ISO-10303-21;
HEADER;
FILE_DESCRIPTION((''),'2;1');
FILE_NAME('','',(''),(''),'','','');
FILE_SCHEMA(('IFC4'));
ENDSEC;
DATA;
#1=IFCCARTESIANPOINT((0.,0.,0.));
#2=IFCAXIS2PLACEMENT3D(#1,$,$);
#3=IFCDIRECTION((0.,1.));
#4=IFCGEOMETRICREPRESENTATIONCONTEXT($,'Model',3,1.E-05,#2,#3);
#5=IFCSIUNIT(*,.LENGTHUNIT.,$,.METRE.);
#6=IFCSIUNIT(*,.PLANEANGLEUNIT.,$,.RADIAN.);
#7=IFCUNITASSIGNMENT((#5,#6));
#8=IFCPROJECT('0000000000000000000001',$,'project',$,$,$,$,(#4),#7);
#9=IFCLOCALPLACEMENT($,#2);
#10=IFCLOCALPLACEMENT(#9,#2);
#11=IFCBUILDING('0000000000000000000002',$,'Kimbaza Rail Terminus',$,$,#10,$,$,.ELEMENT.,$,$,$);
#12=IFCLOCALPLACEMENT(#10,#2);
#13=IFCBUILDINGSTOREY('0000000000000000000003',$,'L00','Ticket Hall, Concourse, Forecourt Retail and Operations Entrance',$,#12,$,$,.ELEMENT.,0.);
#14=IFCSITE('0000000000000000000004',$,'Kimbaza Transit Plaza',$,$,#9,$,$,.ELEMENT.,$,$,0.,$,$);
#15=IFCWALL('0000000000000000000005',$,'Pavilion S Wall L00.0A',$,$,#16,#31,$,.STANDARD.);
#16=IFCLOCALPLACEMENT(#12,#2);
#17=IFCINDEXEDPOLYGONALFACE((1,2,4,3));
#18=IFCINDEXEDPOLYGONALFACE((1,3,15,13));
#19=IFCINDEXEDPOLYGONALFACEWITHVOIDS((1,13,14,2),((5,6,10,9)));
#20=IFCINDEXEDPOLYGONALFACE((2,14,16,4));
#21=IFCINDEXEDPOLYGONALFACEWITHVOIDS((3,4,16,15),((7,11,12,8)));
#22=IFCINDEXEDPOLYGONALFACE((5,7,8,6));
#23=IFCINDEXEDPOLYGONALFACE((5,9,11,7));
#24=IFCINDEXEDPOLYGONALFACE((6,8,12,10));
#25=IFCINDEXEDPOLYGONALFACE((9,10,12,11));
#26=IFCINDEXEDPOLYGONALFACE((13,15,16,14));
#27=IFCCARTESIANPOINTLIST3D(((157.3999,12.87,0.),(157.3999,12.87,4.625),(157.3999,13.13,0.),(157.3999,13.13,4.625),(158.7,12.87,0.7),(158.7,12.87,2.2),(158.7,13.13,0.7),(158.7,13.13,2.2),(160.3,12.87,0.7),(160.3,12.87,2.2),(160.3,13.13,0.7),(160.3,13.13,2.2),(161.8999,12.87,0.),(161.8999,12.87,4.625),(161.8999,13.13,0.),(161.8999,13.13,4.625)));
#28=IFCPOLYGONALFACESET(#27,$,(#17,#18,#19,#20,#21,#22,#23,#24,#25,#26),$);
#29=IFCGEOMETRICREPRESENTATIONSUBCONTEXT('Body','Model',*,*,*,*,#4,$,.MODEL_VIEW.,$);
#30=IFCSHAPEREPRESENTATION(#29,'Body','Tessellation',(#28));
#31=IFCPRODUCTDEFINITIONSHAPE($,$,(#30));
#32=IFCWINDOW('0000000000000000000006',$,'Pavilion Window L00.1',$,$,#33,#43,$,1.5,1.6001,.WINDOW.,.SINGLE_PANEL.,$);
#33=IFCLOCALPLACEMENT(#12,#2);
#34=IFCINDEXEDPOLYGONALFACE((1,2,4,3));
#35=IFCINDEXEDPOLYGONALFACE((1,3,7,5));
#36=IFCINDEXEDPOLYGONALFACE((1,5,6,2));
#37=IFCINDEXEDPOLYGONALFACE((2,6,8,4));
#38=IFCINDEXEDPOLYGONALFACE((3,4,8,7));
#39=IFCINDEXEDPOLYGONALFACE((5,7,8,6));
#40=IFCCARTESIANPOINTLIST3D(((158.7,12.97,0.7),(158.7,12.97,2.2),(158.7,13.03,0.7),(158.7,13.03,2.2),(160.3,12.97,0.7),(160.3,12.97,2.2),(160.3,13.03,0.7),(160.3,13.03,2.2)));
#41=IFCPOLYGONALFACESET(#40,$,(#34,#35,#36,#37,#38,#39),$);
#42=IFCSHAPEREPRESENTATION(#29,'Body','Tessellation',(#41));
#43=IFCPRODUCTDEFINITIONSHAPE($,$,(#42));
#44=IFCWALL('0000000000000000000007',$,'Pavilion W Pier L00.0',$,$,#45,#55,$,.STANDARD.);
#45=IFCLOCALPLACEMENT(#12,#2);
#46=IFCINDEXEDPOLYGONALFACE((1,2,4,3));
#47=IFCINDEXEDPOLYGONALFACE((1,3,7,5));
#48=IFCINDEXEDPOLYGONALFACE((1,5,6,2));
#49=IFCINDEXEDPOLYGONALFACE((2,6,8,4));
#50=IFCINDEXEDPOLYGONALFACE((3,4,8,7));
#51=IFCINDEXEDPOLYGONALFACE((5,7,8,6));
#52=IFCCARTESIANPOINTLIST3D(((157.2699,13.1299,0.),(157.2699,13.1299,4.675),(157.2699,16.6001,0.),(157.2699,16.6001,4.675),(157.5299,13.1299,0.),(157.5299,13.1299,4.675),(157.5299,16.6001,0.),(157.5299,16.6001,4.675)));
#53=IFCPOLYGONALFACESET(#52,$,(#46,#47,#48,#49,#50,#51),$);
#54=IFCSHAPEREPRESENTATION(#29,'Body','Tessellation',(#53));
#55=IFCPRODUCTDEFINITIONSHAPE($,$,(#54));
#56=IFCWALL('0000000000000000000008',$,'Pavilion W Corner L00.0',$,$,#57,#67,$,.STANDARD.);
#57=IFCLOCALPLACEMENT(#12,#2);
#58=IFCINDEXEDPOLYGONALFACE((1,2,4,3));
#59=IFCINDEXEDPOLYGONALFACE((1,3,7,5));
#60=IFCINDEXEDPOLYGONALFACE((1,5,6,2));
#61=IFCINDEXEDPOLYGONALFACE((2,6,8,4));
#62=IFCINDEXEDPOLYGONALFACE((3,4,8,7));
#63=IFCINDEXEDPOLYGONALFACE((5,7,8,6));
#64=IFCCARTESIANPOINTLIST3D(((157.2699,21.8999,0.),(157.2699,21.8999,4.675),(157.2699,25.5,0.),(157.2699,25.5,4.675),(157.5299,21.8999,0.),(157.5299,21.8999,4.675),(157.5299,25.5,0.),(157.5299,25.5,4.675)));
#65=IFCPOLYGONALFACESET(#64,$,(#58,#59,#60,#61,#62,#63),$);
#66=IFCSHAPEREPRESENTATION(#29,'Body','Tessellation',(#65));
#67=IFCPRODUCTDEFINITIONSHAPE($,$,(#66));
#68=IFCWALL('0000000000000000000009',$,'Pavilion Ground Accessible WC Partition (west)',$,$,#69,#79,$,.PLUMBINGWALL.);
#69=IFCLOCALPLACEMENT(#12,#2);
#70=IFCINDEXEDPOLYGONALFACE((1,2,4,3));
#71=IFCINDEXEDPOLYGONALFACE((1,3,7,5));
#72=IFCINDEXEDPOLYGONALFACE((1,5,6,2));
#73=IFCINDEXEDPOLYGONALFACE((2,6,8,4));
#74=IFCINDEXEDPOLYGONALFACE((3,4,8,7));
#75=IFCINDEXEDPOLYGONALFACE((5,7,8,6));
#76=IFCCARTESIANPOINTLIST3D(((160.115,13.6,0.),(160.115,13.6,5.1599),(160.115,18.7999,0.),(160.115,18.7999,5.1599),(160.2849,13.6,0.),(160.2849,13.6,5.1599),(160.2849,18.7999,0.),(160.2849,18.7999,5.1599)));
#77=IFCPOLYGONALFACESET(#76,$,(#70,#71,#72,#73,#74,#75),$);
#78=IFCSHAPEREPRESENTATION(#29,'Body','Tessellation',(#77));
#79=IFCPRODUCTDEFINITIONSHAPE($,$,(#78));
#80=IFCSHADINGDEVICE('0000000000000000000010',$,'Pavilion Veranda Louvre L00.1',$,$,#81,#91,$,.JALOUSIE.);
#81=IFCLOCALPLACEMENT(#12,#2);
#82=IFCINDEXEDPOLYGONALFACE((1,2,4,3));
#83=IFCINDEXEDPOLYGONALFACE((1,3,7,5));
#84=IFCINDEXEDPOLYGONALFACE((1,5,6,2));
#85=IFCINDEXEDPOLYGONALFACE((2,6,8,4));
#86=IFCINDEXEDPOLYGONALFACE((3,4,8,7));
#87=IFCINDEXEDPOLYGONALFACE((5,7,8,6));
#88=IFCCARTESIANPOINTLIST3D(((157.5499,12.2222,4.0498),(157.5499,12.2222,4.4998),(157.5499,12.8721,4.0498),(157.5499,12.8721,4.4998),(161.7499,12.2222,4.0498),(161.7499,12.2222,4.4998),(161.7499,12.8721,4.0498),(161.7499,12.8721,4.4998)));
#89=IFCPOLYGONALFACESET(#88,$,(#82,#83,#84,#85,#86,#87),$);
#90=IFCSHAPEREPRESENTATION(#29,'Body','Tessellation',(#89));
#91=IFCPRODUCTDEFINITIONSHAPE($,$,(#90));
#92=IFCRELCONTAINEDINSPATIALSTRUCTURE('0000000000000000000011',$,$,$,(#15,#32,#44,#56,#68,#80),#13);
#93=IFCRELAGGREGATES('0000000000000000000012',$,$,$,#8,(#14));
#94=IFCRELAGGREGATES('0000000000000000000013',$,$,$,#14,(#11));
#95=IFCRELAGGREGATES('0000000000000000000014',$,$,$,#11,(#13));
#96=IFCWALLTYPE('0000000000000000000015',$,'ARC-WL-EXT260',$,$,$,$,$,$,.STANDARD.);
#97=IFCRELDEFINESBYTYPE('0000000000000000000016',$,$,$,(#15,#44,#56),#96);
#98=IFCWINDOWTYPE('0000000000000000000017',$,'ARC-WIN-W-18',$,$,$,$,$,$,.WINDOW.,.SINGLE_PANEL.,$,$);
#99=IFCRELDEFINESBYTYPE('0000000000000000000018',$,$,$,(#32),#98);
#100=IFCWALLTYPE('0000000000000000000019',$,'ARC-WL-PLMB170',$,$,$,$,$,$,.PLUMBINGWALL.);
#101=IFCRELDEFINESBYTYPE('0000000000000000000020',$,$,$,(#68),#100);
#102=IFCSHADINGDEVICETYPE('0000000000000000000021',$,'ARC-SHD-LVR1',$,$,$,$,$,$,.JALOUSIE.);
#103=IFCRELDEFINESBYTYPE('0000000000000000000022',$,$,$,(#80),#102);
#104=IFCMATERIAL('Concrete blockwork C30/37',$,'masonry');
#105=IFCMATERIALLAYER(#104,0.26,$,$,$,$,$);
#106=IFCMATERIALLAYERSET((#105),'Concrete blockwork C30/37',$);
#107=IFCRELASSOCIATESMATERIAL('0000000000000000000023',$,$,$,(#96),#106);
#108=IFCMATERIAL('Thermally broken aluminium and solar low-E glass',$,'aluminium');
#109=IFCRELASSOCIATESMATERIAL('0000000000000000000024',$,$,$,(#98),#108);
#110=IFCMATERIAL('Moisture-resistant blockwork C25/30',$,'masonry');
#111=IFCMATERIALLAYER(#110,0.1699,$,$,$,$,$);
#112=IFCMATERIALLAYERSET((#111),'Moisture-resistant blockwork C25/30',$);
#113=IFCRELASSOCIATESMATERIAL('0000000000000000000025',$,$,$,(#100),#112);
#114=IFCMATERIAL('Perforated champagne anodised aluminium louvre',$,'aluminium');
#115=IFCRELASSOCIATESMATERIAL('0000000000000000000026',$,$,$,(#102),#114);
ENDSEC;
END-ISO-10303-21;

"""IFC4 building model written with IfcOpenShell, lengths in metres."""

from ifc_helpers import new_model, si_unit, direction, frame, frame_2d, origin, origin_2d, place, context, subcontext, project, spatial, rectangle, extrude, material, layer, layer_set, type_object, element, fill, save


model = new_model("IFC4")

# Units and contexts
model_context = context("Model", 3, precision=1e-05, world=origin(), true_north=direction((0.0, 1.0)))
body_context = subcontext(model_context, "Body", "Model", "MODEL_VIEW")
ifc_project = project(units=[si_unit("LENGTHUNIT", "METRE"), si_unit("PLANEANGLEUNIT", "RADIAN")], contexts=[model_context])

# Site, building, storey
site_placement = place(None, origin())
site = spatial("IfcSite", under=ifc_project, at=site_placement, Name="Kimbaza Transit Plaza", CompositionType="ELEMENT", RefElevation=0.0)
building_placement = place(site_placement, origin())
building = spatial("IfcBuilding", under=site, at=building_placement, Name="Kimbaza Rail Terminus", CompositionType="ELEMENT")
storey_placement = place(building_placement, origin())
storey = spatial("IfcBuildingStorey", under=building, at=storey_placement, Name="L00", Description="Ticket Hall, Concourse, Forecourt Retail and Operations Entrance", CompositionType="ELEMENT", Elevation=0.0)

# Wall, opening, window
ifc_material_1 = material(Name="Concrete blockwork C30/37", Category="masonry")
ifc_layer_1 = layer(ifc_material_1, 0.26)
ifc_layer_set_1 = layer_set([ifc_layer_1], Name="Concrete blockwork C30/37")
wall_type_1 = type_object("IfcWallType", Name="ARC-WL-EXT260", PredefinedType="STANDARD", material=ifc_layer_set_1)
wall_1_placement = place(storey_placement, frame((157.3999, 13.0, 0.0), z_axis=(0.0, 0.0, 1.0), x_axis=(1.0, 0.0, 0.0)))
wall_1 = element("IfcWall", 1, at=wall_1_placement, inside=storey, type_object=wall_type_1, Name="Pavilion S Wall L00.0A", PredefinedType="STANDARD", context=body_context, shape_type="SweptSolid", body=[
    extrude(rectangle(XDim=4.5, YDim=0.26, at=frame_2d((2.25, 0.0))), origin(), (0.0, 0.0, 1.0), 4.625),
])
opening_1_placement = place(wall_1_placement, frame((1.3, 0.0, 0.7)))
opening_1 = element("IfcOpeningElement", 2, at=opening_1_placement, cuts=wall_1, PredefinedType="OPENING", context=body_context, shape_type="SweptSolid", body=[
    extrude(rectangle(XDim=1.6001, YDim=1.5, at=frame_2d((0.8, 0.75))), frame((0.0, 0.1399, 0.0), z_axis=(0.0, -1.0, 0.0), x_axis=(1.0, 0.0, 0.0)), (0.0, 0.0, 1.0), 0.28),
])
ifc_material_2 = material(Name="Thermally broken aluminium and solar low-E glass", Category="aluminium")
window_type = type_object("IfcWindowType", Name="ARC-WIN-W-18", PartitioningType="SINGLE_PANEL", PredefinedType="WINDOW", material=ifc_material_2)
window_placement = place(opening_1_placement, origin())
window = element("IfcWindow", 3, at=window_placement, inside=storey, type_object=window_type, Name="Pavilion Window L00.1", OverallHeight=1.5, OverallWidth=1.6001, PartitioningType="SINGLE_PANEL", PredefinedType="WINDOW", context=body_context, shape_type="SweptSolid", body=[
    extrude(rectangle(XDim=1.6001, YDim=1.5, at=frame_2d((0.8, 0.75))), frame((0.0, 0.03, 0.0), z_axis=(0.0, -1.0, 0.0), x_axis=(1.0, 0.0, 0.0)), (0.0, 0.0, 1.0), 0.0601),
])
fill(opening_1, window)

# Walls
wall_2_placement = place(storey_placement, frame((157.3999, 13.1299, 0.0), z_axis=(0.0, 0.0, 1.0), x_axis=(0.0, 1.0, 0.0)))
element("IfcWall", 4, at=wall_2_placement, inside=storey, type_object=wall_type_1, Name="Pavilion W Pier L00.0", PredefinedType="STANDARD", context=body_context, shape_type="SweptSolid", body=[
    extrude(rectangle(XDim=3.4702, YDim=0.26, at=frame_2d((1.7351, 0.0))), origin(), (0.0, 0.0, 1.0), 4.675),
])
wall_3_placement = place(storey_placement, frame((157.3999, 21.8999, 0.0), z_axis=(0.0, 0.0, 1.0), x_axis=(0.0, 1.0, 0.0)))
element("IfcWall", 5, at=wall_3_placement, inside=storey, type_object=wall_type_1, Name="Pavilion W Corner L00.0", PredefinedType="STANDARD", context=body_context, shape_type="SweptSolid", body=[
    extrude(rectangle(XDim=3.6001, YDim=0.26, at=frame_2d((1.8, 0.0))), origin(), (0.0, 0.0, 1.0), 4.675),
])

# Wall
ifc_material_3 = material(Name="Moisture-resistant blockwork C25/30", Category="masonry")
ifc_layer_2 = layer(ifc_material_3, 0.1699)
ifc_layer_set_2 = layer_set([ifc_layer_2], Name="Moisture-resistant blockwork C25/30")
wall_type_2 = type_object("IfcWallType", Name="ARC-WL-PLMB170", PredefinedType="PLUMBINGWALL", material=ifc_layer_set_2)
wall_4_placement = place(storey_placement, frame((160.2, 18.8, 0.0), z_axis=(0.0, 0.0, 1.0), x_axis=(0.0, -1.0, 0.0)))
element("IfcWall", 6, at=wall_4_placement, inside=storey, type_object=wall_type_2, Name="Pavilion Ground Accessible WC Partition (west)", PredefinedType="PLUMBINGWALL", context=body_context, shape_type="SweptSolid", body=[
    extrude(rectangle(XDim=5.2, YDim=0.1699, at=frame_2d((2.6001, 0.0))), origin(), (0.0, 0.0, 1.0), 5.1599),
])

# Shading device
ifc_material_4 = material(Name="Perforated champagne anodised aluminium louvre", Category="aluminium")
shading_device_type = type_object("IfcShadingDeviceType", Name="ARC-SHD-LVR1", PredefinedType="JALOUSIE", material=ifc_material_4)
shading_device_placement = place(storey_placement, frame((159.6499, 12.5471, 4.0498), z_axis=(0.0, 0.0, 1.0), x_axis=(1.0, 0.0, 0.0)))
element("IfcShadingDevice", 7, at=shading_device_placement, inside=storey, type_object=shading_device_type, Name="Pavilion Veranda Louvre L00.1", PredefinedType="JALOUSIE", context=body_context, shape_type="SweptSolid", body=[
    extrude(rectangle(XDim=4.2, YDim=0.6499, at=origin_2d()), origin(), (0.0, 0.0, 1.0), 0.45),
])

save(model, "model.ifc")
